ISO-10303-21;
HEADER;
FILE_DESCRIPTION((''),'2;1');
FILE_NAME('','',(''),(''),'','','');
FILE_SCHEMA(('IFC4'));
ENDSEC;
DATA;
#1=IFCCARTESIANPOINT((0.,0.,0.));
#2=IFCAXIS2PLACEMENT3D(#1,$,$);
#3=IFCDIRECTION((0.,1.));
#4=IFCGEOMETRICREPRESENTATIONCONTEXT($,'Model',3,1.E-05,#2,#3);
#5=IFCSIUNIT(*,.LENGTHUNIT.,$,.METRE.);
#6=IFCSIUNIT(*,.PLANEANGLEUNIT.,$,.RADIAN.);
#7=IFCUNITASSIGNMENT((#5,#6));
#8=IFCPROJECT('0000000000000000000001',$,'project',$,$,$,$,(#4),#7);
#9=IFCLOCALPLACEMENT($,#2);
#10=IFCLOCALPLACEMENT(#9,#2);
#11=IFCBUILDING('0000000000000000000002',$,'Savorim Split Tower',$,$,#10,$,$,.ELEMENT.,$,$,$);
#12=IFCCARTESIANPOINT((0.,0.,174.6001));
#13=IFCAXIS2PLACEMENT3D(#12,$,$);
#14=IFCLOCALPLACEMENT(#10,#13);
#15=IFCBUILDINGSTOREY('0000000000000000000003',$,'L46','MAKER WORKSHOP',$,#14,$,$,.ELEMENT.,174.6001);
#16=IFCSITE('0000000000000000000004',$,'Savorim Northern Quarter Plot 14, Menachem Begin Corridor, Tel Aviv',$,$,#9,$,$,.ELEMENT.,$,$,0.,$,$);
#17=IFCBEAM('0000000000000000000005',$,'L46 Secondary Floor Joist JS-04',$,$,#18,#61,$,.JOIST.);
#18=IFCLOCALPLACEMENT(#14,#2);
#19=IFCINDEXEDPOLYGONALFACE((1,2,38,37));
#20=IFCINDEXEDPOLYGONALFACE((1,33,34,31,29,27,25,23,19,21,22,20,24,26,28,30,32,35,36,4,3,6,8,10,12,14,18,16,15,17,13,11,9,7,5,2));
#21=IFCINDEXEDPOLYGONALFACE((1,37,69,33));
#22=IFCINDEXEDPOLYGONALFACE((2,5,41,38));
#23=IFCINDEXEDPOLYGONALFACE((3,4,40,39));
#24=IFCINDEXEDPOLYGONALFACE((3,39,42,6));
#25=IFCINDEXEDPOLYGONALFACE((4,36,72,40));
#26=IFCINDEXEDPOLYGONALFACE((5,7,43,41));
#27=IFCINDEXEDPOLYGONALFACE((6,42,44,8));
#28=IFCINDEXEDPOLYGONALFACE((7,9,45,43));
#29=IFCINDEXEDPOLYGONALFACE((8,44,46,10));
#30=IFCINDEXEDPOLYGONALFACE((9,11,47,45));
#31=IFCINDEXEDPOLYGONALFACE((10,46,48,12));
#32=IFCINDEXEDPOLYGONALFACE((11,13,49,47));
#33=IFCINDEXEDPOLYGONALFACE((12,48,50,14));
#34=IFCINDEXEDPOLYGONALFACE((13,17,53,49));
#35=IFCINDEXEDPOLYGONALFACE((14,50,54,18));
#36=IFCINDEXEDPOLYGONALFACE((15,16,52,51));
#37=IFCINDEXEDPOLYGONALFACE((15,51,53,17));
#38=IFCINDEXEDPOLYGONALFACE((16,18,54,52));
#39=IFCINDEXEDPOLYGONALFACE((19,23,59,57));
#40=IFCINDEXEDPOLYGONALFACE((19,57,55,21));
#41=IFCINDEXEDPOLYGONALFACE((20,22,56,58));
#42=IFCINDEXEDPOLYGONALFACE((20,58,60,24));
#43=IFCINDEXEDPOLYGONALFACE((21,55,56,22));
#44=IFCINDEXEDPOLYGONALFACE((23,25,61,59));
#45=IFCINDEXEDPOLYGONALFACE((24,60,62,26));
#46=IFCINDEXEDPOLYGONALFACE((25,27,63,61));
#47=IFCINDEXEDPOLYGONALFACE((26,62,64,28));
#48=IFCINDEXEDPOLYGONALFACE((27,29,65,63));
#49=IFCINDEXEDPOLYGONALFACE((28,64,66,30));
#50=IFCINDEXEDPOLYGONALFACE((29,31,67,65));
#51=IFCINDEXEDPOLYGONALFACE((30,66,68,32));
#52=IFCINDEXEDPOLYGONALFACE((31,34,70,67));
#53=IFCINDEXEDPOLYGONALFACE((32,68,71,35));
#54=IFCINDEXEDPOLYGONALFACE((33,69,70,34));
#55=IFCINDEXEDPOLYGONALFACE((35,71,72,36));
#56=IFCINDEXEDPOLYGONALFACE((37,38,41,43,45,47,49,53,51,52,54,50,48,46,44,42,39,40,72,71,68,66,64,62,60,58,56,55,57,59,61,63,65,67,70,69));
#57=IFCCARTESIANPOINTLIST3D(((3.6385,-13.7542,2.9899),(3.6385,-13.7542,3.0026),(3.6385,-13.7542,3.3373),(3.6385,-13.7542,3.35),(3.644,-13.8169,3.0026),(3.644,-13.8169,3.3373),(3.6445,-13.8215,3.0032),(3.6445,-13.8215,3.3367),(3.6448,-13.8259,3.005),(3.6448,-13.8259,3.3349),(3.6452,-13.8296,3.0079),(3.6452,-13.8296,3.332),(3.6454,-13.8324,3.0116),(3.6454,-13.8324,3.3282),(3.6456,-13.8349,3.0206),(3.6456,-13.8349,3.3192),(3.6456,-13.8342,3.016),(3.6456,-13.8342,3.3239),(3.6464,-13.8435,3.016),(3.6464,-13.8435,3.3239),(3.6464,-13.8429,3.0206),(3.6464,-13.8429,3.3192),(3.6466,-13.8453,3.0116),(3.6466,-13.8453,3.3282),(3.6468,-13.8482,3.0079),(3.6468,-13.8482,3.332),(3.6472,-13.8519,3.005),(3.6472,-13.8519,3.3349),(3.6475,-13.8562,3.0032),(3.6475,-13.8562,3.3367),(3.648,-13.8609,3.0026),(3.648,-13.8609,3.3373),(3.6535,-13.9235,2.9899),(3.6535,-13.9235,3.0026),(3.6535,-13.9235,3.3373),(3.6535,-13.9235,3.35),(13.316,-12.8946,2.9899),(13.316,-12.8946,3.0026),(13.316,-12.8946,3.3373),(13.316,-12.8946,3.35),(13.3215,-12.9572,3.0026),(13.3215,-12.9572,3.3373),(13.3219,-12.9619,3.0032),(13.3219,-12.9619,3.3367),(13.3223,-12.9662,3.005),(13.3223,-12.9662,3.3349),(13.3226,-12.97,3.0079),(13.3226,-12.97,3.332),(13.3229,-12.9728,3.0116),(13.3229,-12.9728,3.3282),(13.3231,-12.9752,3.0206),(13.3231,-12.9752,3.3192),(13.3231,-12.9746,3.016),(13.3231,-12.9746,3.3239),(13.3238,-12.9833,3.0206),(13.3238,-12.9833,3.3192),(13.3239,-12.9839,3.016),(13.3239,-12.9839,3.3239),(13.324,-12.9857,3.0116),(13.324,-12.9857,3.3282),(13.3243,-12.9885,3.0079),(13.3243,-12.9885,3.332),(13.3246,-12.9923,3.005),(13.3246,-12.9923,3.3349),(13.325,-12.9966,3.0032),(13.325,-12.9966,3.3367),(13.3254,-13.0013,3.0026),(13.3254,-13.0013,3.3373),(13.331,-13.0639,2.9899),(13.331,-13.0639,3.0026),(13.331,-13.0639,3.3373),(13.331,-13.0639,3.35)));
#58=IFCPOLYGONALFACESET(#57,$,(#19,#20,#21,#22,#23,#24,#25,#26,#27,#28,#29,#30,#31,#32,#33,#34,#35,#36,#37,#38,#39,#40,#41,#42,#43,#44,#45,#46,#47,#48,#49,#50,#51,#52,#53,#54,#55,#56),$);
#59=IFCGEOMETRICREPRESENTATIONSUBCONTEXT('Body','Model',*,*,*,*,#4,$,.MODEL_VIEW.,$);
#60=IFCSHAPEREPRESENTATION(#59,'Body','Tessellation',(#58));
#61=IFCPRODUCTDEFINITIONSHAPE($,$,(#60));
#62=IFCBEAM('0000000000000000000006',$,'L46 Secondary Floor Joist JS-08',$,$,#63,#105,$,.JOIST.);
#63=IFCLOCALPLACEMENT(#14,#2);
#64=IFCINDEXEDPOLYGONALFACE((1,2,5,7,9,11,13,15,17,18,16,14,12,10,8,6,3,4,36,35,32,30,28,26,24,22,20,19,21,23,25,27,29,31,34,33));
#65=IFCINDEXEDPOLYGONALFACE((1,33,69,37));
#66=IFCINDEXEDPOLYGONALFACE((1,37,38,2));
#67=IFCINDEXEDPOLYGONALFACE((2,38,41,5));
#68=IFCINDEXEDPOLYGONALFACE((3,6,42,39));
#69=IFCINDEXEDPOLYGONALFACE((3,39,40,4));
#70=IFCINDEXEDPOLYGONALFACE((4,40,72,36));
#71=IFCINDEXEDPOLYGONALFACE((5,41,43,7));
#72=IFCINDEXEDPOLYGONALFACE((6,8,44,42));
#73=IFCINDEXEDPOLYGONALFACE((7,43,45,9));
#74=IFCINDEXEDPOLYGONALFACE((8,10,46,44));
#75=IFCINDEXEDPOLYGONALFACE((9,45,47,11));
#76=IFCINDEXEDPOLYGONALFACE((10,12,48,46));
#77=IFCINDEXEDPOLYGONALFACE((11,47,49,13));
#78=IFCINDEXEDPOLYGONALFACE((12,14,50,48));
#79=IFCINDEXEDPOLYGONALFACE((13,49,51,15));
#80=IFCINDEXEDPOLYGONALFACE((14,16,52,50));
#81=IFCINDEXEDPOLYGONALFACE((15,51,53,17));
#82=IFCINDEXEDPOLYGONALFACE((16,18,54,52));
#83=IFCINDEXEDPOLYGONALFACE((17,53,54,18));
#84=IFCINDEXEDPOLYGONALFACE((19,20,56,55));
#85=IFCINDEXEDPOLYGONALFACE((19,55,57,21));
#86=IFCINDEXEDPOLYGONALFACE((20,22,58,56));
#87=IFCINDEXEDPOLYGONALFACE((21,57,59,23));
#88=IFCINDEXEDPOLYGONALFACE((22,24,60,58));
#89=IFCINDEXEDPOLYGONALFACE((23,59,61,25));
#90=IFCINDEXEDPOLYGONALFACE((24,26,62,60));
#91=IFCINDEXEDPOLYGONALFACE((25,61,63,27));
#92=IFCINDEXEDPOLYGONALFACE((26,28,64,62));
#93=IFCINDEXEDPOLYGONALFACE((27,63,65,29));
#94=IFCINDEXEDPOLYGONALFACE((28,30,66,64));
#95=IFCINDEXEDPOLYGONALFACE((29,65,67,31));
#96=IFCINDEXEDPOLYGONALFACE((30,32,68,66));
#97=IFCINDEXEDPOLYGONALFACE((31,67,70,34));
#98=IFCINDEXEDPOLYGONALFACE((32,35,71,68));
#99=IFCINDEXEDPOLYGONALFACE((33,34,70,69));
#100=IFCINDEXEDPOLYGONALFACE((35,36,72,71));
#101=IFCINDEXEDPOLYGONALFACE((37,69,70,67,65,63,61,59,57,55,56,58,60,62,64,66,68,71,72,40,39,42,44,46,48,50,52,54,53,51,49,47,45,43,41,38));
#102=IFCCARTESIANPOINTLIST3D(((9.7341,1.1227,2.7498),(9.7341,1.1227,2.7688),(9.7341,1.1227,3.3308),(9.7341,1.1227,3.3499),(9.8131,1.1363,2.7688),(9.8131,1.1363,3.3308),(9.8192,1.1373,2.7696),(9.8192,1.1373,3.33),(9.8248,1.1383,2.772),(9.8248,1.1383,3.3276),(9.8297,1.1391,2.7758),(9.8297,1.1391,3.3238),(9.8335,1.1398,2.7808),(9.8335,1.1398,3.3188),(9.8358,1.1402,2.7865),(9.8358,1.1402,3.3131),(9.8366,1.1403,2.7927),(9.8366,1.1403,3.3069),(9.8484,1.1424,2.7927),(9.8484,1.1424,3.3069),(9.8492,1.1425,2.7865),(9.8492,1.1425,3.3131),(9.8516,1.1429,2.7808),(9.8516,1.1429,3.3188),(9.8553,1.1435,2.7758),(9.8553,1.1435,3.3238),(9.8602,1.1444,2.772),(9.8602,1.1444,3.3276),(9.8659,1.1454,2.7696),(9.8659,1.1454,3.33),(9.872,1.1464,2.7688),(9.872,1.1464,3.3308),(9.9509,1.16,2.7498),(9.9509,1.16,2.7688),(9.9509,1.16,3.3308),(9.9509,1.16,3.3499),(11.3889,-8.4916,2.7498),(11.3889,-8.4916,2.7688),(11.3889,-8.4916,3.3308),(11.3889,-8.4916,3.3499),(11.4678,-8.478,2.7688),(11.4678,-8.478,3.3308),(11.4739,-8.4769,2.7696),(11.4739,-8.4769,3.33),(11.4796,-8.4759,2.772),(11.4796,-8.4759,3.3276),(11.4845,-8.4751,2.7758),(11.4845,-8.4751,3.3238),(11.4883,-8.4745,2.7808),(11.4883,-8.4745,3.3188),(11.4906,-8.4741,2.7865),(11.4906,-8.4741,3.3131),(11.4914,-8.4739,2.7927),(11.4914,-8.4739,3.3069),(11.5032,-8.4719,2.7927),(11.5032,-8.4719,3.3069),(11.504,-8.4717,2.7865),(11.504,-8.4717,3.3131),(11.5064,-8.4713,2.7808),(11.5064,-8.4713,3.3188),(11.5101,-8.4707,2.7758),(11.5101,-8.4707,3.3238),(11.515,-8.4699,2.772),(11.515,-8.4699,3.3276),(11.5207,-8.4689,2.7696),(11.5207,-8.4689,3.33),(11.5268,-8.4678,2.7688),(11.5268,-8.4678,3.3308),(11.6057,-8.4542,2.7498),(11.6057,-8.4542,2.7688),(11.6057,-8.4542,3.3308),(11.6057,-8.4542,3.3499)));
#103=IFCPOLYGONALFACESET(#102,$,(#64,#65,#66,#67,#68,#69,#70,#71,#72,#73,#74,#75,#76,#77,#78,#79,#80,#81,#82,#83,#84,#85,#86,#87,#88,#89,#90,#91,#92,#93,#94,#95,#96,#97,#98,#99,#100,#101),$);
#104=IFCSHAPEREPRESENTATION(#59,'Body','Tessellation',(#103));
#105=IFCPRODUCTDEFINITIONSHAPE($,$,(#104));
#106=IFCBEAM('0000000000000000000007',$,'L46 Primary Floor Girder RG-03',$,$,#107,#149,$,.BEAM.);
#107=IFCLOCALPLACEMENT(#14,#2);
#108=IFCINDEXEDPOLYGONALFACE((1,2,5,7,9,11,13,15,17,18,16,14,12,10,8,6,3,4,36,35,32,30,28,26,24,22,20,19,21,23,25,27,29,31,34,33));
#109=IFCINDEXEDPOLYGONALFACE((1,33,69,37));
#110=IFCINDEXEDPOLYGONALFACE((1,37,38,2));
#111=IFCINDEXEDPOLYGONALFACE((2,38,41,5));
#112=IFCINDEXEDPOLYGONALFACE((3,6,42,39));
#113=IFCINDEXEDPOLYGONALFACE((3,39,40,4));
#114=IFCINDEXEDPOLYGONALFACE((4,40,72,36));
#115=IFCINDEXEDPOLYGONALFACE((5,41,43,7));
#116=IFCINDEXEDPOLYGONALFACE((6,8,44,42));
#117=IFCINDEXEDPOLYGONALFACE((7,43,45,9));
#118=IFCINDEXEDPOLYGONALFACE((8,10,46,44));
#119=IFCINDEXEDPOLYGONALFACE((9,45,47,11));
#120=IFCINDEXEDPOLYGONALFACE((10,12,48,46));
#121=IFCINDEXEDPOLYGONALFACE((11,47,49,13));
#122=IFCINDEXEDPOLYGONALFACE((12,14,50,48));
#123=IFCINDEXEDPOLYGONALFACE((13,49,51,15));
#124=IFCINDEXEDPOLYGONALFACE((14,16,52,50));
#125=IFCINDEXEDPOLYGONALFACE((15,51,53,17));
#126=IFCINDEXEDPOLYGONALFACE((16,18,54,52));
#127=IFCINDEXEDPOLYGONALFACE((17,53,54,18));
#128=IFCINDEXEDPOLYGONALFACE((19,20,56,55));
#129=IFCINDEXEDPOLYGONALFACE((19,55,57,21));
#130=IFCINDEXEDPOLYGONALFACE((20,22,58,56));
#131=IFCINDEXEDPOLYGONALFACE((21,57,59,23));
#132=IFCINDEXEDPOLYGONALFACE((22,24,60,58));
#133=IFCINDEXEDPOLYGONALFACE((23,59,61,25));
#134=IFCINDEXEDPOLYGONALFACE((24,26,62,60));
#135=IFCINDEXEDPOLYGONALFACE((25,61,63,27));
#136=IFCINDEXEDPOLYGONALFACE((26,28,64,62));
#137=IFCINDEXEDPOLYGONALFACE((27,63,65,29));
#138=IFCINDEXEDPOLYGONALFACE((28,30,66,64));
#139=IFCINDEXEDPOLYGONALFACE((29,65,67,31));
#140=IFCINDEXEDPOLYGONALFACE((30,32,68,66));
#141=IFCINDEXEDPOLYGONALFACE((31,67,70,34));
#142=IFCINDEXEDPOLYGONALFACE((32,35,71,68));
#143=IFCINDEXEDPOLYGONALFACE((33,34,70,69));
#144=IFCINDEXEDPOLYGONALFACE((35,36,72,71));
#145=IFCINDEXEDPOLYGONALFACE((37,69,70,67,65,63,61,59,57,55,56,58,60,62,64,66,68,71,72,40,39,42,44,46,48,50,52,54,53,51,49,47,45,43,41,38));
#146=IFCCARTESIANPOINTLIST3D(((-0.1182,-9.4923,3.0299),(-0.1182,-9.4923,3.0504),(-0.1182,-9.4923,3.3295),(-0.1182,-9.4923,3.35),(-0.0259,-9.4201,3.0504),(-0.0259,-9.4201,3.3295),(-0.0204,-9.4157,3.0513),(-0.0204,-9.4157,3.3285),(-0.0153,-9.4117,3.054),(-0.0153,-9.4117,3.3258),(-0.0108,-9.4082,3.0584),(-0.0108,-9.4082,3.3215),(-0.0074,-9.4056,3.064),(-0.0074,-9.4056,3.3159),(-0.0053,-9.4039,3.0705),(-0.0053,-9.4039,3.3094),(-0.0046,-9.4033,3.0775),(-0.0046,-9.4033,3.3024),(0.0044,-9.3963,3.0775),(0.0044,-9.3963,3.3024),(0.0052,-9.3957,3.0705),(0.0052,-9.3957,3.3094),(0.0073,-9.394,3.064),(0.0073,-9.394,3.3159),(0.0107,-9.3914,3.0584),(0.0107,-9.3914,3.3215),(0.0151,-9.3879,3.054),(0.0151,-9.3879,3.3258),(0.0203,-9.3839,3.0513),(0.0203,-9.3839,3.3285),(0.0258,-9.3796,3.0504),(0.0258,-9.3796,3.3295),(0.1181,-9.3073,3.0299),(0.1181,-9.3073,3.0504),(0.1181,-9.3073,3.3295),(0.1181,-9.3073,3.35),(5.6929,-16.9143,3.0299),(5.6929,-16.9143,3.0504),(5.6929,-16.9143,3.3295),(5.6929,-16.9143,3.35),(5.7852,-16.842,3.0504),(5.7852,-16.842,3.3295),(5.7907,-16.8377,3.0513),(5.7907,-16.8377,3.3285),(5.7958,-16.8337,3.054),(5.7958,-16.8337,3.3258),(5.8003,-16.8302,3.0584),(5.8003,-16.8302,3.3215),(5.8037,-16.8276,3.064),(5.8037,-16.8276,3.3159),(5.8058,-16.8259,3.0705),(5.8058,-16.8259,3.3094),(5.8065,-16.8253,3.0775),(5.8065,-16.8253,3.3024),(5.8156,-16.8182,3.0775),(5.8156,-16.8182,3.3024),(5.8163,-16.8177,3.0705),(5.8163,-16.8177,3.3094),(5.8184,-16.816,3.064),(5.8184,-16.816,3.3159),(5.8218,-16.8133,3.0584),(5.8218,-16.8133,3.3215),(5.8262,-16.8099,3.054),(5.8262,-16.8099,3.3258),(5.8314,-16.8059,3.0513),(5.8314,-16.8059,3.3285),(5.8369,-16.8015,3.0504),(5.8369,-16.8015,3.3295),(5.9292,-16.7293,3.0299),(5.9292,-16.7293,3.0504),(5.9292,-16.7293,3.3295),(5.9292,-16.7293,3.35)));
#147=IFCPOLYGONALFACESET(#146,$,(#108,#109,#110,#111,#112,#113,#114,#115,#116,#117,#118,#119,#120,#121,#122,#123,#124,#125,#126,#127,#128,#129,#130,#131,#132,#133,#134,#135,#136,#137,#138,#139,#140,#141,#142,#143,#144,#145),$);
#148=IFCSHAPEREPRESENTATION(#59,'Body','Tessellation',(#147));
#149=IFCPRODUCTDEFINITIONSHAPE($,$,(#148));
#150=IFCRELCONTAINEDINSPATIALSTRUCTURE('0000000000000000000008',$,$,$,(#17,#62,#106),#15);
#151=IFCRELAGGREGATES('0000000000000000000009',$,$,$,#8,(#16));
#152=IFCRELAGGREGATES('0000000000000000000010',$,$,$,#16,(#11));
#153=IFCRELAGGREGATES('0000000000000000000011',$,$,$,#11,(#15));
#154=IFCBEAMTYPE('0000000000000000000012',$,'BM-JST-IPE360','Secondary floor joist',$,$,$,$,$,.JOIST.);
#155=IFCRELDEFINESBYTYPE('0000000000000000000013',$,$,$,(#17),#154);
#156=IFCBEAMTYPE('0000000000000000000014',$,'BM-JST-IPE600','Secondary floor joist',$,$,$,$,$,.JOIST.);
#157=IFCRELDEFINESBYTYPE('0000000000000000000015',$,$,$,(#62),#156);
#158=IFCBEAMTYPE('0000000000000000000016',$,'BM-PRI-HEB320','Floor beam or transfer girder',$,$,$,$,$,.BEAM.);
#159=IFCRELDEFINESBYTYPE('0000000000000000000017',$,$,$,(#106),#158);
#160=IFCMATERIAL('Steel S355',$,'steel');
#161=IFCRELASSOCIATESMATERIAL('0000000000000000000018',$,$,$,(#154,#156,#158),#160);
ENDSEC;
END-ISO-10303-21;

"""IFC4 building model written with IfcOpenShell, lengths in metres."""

from ifc_helpers import new_model, si_unit, direction, frame, origin, origin_2d, place, context, subcontext, project, spatial, i_section, extrude, material, material_profile, profile_set, type_object, element, save


model = new_model("IFC4")

# Units and contexts
model_context = context("Model", 3, precision=1e-05, world=origin(), true_north=direction((0.0, 1.0)))
body_context = subcontext(model_context, "Body", "Model", "MODEL_VIEW")
ifc_project = project(units=[si_unit("LENGTHUNIT", "METRE"), si_unit("PLANEANGLEUNIT", "RADIAN")], contexts=[model_context])

# Site, building, storey
site_placement = place(None, origin())
site = spatial("IfcSite", under=ifc_project, at=site_placement, Name="Savorim Northern Quarter Plot 14, Menachem Begin Corridor, Tel Aviv", CompositionType="ELEMENT", RefElevation=0.0)
building_placement = place(site_placement, origin())
building = spatial("IfcBuilding", under=site, at=building_placement, Name="Savorim Split Tower", CompositionType="ELEMENT")
storey_placement = place(building_placement, frame((0.0, 0.0, 174.6001)))
storey = spatial("IfcBuildingStorey", under=building, at=storey_placement, Name="L46", Description="MAKER WORKSHOP", CompositionType="ELEMENT", Elevation=174.6001)

# Beams
ifc_material_1 = material(Name="Steel S355", Category="steel")
ifc_material_profile_1 = material_profile(ifc_material_1, i_section(OverallWidth=0.1699, OverallDepth=0.3601, WebThickness=0.0081, FlangeThickness=0.0127, FilletRadius=0.0181, at=origin_2d()), Name="IPE 360")
ifc_profile_set_1 = profile_set([ifc_material_profile_1], Name="Steel S355")
beam_type_1 = type_object("IfcBeamType", Name="BM-JST-IPE360", Description="Secondary floor joist", PredefinedType="JOIST", material=ifc_profile_set_1)
beam_1_placement = place(storey_placement, frame((3.646, -13.8389, 3.1699), z_axis=(0.996078, 0.088478, 0.0), x_axis=(-0.088478, 0.996078, 0.0)))
element("IfcBeam", 1, at=beam_1_placement, inside=storey, type_object=beam_type_1, Name="L46 Secondary Floor Joist JS-04", PredefinedType="JOIST", context=body_context, shape_type="SweptSolid", body=[
    extrude(i_section(OverallWidth=0.1699, OverallDepth=0.3601, WebThickness=0.0081, FlangeThickness=0.0127, FilletRadius=0.0181, at=origin_2d()), origin(), (0.0, 0.0, 1.0), 9.7156),
])
ifc_material_profile_2 = material_profile(ifc_material_1, i_section(OverallWidth=0.22, OverallDepth=0.6001, WebThickness=0.012, FlangeThickness=0.019, FilletRadius=0.0239, at=origin_2d()), Name="IPE 600")
ifc_profile_set_2 = profile_set([ifc_material_profile_2], Name="Steel S355")
beam_type_2 = type_object("IfcBeamType", Name="BM-JST-IPE600", Description="Secondary floor joist", PredefinedType="JOIST", material=ifc_profile_set_2)
beam_2_placement = place(storey_placement, frame((11.4973, -8.4729, 3.0498), z_axis=(-0.169624, 0.985509, 0.0), x_axis=(-0.985509, -0.169624, 0.0)))
element("IfcBeam", 2, at=beam_2_placement, inside=storey, type_object=beam_type_2, Name="L46 Secondary Floor Joist JS-08", PredefinedType="JOIST", context=body_context, shape_type="SweptSolid", body=[
    extrude(i_section(OverallWidth=0.22, OverallDepth=0.6001, WebThickness=0.012, FlangeThickness=0.019, FilletRadius=0.0239, at=origin_2d()), origin(), (0.0, 0.0, 1.0), 9.7556),
])
ifc_material_profile_3 = material_profile(ifc_material_1, i_section(OverallWidth=0.3, OverallDepth=0.3201, WebThickness=0.0115, FlangeThickness=0.0205, FilletRadius=0.0271, at=origin_2d()), Name="HEB 320")
ifc_profile_set_3 = profile_set([ifc_material_profile_3], Name="Steel S355")
beam_type_3 = type_object("IfcBeamType", Name="BM-PRI-HEB320", Description="Floor beam or transfer girder", PredefinedType="BEAM", material=ifc_profile_set_3)
beam_3_placement = place(storey_placement, frame((5.811, -16.8218, 3.1899), z_axis=(-0.61648, 0.787371, 0.0), x_axis=(-0.787371, -0.61648, 0.0)))
element("IfcBeam", 3, at=beam_3_placement, inside=storey, type_object=beam_type_3, Name="L46 Primary Floor Girder RG-03", PredefinedType="BEAM", context=body_context, shape_type="SweptSolid", body=[
    extrude(i_section(OverallWidth=0.3, OverallDepth=0.3201, WebThickness=0.0115, FlangeThickness=0.0205, FilletRadius=0.0271, at=origin_2d()), origin(), (0.0, 0.0, 1.0), 9.4263),
])

save(model, "model.ifc")
